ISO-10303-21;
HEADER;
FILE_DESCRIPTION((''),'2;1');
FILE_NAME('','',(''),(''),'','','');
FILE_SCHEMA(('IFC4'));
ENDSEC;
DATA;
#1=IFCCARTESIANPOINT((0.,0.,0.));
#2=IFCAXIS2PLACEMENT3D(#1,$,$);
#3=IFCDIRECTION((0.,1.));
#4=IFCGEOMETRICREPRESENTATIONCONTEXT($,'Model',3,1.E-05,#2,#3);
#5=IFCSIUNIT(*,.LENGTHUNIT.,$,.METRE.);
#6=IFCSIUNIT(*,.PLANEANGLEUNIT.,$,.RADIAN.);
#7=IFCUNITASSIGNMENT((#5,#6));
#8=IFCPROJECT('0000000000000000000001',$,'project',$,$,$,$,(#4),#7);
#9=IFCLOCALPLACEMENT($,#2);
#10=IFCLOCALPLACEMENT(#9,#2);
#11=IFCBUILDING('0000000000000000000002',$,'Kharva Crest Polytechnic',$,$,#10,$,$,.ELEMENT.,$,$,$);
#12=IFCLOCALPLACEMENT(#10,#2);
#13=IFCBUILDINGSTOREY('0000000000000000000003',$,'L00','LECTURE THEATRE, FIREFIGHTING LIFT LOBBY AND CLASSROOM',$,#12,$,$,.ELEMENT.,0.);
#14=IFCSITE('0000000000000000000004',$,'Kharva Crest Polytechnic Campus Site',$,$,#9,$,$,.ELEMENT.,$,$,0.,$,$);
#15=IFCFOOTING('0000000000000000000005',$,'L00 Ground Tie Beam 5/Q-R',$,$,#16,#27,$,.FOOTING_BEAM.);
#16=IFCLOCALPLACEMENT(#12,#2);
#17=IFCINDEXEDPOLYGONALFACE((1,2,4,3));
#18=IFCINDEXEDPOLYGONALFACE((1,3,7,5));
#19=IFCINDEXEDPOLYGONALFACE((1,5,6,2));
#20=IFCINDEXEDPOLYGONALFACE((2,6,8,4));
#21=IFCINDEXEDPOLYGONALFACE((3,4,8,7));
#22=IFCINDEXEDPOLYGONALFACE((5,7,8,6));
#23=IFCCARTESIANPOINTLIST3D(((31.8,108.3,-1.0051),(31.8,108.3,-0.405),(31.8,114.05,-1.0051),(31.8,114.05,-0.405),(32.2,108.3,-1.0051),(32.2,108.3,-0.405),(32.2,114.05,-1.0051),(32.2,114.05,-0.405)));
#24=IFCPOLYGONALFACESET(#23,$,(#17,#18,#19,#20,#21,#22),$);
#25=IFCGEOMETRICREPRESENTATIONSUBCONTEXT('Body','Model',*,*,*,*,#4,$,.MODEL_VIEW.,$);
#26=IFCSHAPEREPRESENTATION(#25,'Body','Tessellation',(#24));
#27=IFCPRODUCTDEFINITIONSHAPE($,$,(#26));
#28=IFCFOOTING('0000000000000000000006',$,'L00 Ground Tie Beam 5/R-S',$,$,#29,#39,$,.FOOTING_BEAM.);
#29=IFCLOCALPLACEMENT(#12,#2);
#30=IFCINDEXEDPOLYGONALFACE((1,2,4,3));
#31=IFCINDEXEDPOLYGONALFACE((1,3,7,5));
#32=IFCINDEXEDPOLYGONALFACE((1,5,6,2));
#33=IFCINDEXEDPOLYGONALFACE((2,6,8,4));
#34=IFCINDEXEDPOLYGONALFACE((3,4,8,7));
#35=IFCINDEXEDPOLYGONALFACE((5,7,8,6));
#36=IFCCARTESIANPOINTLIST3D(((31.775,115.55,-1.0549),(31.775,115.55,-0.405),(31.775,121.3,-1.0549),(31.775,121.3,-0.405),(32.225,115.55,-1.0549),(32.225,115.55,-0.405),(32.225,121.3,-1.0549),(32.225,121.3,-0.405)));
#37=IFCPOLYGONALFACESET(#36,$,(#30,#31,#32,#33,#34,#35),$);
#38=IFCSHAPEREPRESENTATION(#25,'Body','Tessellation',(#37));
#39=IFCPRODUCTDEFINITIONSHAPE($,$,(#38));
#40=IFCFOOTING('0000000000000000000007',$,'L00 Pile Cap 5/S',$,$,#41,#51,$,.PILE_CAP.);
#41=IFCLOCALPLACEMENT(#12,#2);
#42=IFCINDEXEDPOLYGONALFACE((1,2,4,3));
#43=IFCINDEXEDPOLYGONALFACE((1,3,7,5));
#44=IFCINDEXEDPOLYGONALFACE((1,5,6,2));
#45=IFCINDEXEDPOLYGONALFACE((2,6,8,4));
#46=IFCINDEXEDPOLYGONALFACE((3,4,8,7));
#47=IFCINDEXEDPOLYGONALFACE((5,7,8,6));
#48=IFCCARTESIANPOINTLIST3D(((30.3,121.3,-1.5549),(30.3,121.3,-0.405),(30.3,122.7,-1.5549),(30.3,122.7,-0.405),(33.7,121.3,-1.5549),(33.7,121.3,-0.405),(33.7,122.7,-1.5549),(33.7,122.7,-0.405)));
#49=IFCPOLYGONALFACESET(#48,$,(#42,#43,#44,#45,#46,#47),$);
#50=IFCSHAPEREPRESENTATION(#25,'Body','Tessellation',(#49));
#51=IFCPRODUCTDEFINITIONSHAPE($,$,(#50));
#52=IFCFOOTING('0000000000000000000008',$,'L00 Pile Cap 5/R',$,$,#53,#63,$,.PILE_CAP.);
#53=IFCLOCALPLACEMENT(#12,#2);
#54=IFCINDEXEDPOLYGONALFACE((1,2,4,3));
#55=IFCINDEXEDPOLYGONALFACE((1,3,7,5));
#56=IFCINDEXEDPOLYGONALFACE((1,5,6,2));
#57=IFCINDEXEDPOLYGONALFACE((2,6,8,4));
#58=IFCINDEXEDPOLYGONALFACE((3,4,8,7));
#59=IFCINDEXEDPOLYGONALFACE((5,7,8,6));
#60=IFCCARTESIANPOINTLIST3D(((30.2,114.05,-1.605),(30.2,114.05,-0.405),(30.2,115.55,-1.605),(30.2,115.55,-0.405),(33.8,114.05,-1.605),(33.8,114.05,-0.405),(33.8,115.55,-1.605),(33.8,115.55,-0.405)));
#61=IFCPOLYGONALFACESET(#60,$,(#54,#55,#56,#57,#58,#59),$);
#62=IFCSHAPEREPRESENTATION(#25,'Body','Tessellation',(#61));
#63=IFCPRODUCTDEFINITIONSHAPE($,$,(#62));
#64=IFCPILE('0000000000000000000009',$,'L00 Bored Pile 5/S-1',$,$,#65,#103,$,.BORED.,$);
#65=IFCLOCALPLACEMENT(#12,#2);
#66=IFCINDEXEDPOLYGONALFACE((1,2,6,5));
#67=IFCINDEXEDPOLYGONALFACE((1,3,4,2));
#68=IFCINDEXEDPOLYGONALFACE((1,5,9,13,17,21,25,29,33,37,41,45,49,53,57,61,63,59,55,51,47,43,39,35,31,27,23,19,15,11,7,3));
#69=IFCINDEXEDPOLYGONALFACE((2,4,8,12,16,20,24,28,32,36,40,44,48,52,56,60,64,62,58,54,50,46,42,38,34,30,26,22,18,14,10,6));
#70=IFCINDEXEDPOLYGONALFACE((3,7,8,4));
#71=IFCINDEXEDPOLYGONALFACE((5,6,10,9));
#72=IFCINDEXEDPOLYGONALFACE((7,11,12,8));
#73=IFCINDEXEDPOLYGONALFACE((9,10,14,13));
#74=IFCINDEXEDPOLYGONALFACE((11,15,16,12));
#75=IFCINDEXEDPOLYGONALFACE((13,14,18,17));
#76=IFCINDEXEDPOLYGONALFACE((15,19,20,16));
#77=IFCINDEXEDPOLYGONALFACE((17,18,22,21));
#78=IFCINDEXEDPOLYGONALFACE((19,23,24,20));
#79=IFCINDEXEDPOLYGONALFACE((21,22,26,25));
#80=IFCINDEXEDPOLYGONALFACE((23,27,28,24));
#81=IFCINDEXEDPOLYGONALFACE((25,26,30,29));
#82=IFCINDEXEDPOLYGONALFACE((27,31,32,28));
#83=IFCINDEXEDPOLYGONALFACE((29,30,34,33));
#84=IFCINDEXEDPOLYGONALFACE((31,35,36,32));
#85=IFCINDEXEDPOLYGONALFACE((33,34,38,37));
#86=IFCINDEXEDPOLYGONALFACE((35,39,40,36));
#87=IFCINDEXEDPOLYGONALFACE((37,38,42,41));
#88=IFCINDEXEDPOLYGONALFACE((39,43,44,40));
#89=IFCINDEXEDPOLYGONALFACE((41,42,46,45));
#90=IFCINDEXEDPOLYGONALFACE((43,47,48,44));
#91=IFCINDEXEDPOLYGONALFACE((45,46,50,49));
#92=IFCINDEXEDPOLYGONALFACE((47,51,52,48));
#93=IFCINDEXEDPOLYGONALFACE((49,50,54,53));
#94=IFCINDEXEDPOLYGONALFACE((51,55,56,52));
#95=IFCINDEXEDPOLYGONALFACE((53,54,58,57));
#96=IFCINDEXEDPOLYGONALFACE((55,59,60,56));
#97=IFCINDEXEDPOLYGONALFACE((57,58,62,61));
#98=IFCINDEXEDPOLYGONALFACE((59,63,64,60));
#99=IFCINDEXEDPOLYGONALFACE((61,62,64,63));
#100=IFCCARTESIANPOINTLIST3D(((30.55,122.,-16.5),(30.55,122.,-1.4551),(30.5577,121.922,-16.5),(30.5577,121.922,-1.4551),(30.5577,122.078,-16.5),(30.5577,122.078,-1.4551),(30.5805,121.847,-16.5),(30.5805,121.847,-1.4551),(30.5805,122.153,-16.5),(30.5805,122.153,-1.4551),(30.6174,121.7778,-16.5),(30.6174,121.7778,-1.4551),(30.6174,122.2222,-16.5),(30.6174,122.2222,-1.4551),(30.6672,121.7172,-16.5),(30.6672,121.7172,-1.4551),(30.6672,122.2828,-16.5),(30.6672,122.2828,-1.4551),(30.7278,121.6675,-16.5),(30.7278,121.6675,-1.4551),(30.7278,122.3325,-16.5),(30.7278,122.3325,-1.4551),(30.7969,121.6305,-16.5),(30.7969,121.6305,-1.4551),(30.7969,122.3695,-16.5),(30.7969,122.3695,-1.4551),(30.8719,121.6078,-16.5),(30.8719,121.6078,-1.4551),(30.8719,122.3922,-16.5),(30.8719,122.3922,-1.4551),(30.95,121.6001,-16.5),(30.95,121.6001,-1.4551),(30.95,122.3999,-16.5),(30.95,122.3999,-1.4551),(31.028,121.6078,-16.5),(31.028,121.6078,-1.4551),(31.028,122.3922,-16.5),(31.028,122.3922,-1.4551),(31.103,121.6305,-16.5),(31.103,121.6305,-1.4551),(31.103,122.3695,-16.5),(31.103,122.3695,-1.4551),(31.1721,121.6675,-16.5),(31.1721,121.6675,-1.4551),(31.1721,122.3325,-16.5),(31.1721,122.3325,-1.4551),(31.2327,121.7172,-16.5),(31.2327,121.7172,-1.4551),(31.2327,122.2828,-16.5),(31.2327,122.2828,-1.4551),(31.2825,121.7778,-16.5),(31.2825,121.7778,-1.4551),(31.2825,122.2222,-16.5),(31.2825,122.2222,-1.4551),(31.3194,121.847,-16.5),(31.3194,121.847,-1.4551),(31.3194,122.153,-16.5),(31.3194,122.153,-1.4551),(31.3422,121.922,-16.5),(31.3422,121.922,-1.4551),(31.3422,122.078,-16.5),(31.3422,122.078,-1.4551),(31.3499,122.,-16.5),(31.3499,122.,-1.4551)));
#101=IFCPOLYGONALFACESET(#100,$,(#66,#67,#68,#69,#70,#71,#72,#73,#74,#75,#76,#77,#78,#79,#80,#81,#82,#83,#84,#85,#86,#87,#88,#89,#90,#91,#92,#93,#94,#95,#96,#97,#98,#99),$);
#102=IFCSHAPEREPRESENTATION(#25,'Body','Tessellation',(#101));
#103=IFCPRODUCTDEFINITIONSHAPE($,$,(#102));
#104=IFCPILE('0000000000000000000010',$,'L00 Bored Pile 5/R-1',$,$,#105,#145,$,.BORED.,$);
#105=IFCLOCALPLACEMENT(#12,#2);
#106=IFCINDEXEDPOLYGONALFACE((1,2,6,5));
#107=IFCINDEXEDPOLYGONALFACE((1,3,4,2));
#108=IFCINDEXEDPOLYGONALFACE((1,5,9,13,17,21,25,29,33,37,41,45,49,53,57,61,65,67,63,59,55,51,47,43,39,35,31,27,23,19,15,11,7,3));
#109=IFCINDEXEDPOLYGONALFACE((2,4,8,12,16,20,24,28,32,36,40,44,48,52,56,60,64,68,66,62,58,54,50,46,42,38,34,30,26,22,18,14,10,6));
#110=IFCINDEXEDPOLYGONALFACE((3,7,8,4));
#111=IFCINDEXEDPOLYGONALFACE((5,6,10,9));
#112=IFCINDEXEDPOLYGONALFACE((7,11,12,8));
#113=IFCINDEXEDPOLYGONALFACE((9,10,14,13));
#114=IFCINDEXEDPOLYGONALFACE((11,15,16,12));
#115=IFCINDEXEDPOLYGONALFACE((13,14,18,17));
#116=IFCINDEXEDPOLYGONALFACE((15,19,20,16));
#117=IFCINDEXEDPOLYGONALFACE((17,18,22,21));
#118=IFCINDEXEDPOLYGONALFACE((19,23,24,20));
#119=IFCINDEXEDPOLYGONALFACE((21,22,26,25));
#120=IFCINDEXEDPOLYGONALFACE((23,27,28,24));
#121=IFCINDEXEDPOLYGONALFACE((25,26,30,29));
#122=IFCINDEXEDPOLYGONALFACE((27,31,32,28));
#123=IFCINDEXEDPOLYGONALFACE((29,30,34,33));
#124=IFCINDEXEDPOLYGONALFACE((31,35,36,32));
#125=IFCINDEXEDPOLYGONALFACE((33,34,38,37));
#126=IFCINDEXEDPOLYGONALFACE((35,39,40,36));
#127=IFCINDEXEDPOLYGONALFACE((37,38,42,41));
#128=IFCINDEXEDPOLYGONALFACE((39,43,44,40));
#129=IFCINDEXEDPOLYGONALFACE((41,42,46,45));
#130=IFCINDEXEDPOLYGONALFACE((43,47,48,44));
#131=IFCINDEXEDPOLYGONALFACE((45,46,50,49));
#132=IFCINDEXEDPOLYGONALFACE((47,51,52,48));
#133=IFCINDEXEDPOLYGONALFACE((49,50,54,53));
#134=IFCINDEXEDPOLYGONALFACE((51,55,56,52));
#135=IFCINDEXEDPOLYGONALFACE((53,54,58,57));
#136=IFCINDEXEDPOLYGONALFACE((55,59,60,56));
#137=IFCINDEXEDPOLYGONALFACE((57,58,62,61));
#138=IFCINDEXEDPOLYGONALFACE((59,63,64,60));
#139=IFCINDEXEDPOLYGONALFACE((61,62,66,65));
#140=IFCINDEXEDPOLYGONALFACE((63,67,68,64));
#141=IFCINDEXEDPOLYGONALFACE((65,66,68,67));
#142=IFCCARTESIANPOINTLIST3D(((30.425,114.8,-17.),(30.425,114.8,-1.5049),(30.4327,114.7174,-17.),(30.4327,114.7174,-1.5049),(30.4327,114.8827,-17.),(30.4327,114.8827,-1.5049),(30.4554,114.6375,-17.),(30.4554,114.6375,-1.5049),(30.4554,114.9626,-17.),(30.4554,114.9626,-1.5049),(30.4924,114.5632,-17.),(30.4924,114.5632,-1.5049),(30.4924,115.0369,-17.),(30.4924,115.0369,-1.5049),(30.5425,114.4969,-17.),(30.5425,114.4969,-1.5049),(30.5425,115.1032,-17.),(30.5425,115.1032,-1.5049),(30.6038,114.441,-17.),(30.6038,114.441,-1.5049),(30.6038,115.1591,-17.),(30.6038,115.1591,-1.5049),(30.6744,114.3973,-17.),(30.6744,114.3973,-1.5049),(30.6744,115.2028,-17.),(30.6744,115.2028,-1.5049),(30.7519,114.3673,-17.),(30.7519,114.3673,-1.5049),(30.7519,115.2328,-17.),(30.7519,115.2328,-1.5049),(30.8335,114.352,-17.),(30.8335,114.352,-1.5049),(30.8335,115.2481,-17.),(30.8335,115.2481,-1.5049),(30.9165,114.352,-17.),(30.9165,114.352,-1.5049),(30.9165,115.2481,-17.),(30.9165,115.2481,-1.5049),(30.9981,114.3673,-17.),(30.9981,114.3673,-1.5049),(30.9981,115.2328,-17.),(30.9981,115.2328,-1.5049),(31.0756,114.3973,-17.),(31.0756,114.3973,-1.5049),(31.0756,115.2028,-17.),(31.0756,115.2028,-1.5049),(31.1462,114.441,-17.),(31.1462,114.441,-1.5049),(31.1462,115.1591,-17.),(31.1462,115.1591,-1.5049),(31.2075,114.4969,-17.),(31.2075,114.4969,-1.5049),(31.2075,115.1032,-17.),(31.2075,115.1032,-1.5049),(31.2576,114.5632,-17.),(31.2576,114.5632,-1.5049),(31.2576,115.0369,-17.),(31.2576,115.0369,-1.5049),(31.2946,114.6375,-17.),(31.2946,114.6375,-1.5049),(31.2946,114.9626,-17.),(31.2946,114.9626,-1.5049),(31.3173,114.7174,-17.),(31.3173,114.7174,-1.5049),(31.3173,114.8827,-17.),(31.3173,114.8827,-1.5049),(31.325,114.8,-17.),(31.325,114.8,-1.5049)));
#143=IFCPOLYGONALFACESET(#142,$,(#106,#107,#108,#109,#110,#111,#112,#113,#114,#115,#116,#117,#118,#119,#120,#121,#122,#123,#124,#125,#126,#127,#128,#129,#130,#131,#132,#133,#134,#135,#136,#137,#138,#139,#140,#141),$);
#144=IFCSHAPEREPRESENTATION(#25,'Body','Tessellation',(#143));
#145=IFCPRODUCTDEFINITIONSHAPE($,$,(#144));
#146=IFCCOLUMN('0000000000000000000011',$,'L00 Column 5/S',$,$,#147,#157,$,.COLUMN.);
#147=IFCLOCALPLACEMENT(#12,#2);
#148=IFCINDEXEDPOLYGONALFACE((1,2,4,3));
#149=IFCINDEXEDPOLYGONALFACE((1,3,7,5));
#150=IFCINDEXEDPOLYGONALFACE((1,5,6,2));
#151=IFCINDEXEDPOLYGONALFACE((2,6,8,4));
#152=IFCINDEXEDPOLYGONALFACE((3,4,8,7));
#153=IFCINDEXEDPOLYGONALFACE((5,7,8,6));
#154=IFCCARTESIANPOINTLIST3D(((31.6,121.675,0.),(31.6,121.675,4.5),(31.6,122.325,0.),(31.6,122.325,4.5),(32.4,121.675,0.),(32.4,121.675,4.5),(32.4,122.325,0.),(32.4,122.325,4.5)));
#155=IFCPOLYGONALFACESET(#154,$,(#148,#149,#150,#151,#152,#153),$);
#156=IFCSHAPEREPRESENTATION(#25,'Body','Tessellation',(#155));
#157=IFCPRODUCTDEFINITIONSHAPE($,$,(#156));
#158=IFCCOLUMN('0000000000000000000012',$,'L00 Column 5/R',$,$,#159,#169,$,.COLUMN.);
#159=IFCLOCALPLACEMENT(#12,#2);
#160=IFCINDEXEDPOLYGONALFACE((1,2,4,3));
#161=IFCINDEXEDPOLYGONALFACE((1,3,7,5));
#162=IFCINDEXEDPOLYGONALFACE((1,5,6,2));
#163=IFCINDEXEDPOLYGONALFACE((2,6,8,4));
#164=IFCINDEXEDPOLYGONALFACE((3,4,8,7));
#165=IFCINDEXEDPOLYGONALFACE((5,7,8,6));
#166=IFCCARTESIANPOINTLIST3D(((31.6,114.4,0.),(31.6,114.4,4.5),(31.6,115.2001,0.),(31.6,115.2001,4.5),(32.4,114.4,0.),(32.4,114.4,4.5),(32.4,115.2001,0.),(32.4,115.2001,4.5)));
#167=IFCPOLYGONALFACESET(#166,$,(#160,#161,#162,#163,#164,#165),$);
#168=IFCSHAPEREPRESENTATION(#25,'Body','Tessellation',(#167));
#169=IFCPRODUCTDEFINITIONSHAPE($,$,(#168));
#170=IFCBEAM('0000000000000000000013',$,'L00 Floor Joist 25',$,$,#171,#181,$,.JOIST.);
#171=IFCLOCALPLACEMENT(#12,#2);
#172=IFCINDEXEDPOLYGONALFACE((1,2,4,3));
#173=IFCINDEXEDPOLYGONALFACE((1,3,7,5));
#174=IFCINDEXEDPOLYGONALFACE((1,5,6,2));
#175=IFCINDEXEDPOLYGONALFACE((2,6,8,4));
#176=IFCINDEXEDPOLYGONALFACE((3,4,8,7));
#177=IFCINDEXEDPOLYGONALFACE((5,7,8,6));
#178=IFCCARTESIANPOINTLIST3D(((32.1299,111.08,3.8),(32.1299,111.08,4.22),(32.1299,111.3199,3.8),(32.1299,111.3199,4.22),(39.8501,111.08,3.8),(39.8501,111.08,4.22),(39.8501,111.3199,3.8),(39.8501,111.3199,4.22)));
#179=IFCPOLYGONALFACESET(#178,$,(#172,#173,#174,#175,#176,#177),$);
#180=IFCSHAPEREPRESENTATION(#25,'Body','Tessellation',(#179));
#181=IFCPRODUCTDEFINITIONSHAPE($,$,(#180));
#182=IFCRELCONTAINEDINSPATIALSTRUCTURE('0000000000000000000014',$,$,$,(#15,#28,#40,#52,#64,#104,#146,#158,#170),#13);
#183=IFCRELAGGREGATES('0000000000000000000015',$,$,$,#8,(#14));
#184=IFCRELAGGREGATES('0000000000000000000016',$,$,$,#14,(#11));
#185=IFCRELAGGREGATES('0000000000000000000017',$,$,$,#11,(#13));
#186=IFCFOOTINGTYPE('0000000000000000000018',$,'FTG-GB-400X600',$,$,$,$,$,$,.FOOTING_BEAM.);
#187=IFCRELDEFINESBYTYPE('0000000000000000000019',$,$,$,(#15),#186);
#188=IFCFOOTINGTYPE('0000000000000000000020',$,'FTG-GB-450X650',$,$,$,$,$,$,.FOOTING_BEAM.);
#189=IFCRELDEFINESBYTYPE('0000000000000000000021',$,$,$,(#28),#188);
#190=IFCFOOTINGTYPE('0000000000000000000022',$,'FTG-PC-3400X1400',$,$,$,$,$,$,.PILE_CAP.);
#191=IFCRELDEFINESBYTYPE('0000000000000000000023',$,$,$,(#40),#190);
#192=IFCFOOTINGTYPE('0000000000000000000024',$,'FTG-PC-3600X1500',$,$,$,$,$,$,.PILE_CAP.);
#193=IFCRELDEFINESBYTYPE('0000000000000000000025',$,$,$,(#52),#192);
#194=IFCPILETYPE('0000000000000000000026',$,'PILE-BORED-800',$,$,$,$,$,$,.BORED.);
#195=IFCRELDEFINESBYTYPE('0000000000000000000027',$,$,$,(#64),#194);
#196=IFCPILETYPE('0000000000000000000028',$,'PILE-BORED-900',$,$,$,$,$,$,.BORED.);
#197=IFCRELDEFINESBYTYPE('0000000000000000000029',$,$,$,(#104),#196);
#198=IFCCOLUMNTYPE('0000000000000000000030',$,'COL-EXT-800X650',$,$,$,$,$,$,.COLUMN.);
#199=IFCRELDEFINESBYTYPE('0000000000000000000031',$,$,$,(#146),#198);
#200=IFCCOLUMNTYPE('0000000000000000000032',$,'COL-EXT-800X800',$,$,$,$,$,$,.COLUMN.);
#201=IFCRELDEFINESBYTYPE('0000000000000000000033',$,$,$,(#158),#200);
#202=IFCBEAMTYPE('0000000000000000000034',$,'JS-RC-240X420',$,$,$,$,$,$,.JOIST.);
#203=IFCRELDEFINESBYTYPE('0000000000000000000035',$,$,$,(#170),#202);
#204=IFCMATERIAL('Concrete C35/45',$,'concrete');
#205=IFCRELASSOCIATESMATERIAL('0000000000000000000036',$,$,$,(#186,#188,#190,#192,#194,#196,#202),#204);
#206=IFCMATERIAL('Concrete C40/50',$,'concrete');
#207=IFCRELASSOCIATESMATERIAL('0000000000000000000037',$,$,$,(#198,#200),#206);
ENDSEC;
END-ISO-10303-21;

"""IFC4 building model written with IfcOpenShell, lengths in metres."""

from ifc_helpers import new_model, si_unit, direction, frame, origin, origin_2d, place, context, subcontext, project, spatial, rectangle, circle, extrude, material, material_profile, profile_set, type_object, element, save


model = new_model("IFC4")

# Units and contexts
model_context = context("Model", 3, precision=1e-05, world=origin(), true_north=direction((0.0, 1.0)))
body_context = subcontext(model_context, "Body", "Model", "MODEL_VIEW")
ifc_project = project(units=[si_unit("LENGTHUNIT", "METRE"), si_unit("PLANEANGLEUNIT", "RADIAN")], contexts=[model_context])

# Site, building, storey
site_placement = place(None, origin())
site = spatial("IfcSite", under=ifc_project, at=site_placement, Name="Kharva Crest Polytechnic Campus Site", CompositionType="ELEMENT", RefElevation=0.0)
building_placement = place(site_placement, origin())
building = spatial("IfcBuilding", under=site, at=building_placement, Name="Kharva Crest Polytechnic", CompositionType="ELEMENT")
storey_placement = place(building_placement, origin())
storey = spatial("IfcBuildingStorey", under=building, at=storey_placement, Name="L00", Description="LECTURE THEATRE, FIREFIGHTING LIFT LOBBY AND CLASSROOM", CompositionType="ELEMENT", Elevation=0.0)

# Footings
ifc_material_1 = material(Name="Concrete C35/45", Category="concrete")
footing_type_1 = type_object("IfcFootingType", Name="FTG-GB-400X600", PredefinedType="FOOTING_BEAM", material=ifc_material_1)
footing_1_placement = place(storey_placement, frame((32.0, 111.175, -1.0051), z_axis=(0.0, 0.0, 1.0), x_axis=(0.0, 1.0, 0.0)))
element("IfcFooting", 1, at=footing_1_placement, inside=storey, type_object=footing_type_1, Name="L00 Ground Tie Beam 5/Q-R", PredefinedType="FOOTING_BEAM", context=body_context, shape_type="SweptSolid", body=[
    extrude(rectangle(XDim=5.75, YDim=0.3999, at=origin_2d()), origin(), (0.0, 0.0, 1.0), 0.6001),
])
footing_type_2 = type_object("IfcFootingType", Name="FTG-GB-450X650", PredefinedType="FOOTING_BEAM", material=ifc_material_1)
footing_2_placement = place(storey_placement, frame((32.0, 118.425, -1.0549), z_axis=(0.0, 0.0, 1.0), x_axis=(0.0, 1.0, 0.0)))
element("IfcFooting", 2, at=footing_2_placement, inside=storey, type_object=footing_type_2, Name="L00 Ground Tie Beam 5/R-S", PredefinedType="FOOTING_BEAM", context=body_context, shape_type="SweptSolid", body=[
    extrude(rectangle(XDim=5.75, YDim=0.45, at=origin_2d()), origin(), (0.0, 0.0, 1.0), 0.6499),
])
footing_type_3 = type_object("IfcFootingType", Name="FTG-PC-3400X1400", PredefinedType="PILE_CAP", material=ifc_material_1)
footing_3_placement = place(storey_placement, frame((32.0, 122.0, -1.5549), z_axis=(0.0, 0.0, 1.0), x_axis=(1.0, 0.0, 0.0)))
element("IfcFooting", 3, at=footing_3_placement, inside=storey, type_object=footing_type_3, Name="L00 Pile Cap 5/S", PredefinedType="PILE_CAP", context=body_context, shape_type="SweptSolid", body=[
    extrude(rectangle(XDim=3.3999, YDim=1.3999, at=origin_2d()), origin(), (0.0, 0.0, 1.0), 1.1499),
])
footing_type_4 = type_object("IfcFootingType", Name="FTG-PC-3600X1500", PredefinedType="PILE_CAP", material=ifc_material_1)
footing_4_placement = place(storey_placement, frame((32.0, 114.8, -1.605), z_axis=(0.0, 0.0, 1.0), x_axis=(1.0, 0.0, 0.0)))
element("IfcFooting", 4, at=footing_4_placement, inside=storey, type_object=footing_type_4, Name="L00 Pile Cap 5/R", PredefinedType="PILE_CAP", context=body_context, shape_type="SweptSolid", body=[
    extrude(rectangle(XDim=3.6001, YDim=1.5, at=origin_2d()), origin(), (0.0, 0.0, 1.0), 1.2),
])

# Piles
ifc_material_profile_1 = material_profile(ifc_material_1, circle(Radius=0.3999, at=origin_2d()), Name="DIA 800")
ifc_profile_set_1 = profile_set([ifc_material_profile_1], Name="Concrete C35/45")
pile_type_1 = type_object("IfcPileType", Name="PILE-BORED-800", PredefinedType="BORED", material=ifc_profile_set_1)
pile_1_placement = place(storey_placement, frame((30.95, 122.0, -1.4551), z_axis=(0.0, 0.0, -1.0), x_axis=(1.0, 0.0, 0.0)))
element("IfcPile", 5, at=pile_1_placement, inside=storey, type_object=pile_type_1, Name="L00 Bored Pile 5/S-1", PredefinedType="BORED", context=body_context, shape_type="SweptSolid", body=[
    extrude(circle(Radius=0.3999, at=origin_2d()), origin(), (0.0, 0.0, 1.0), 15.0449),
])
ifc_material_profile_2 = material_profile(ifc_material_1, circle(Radius=0.45, at=origin_2d()), Name="DIA 900")
ifc_profile_set_2 = profile_set([ifc_material_profile_2], Name="Concrete C35/45")
pile_type_2 = type_object("IfcPileType", Name="PILE-BORED-900", PredefinedType="BORED", material=ifc_profile_set_2)
pile_2_placement = place(storey_placement, frame((30.875, 114.8, -1.5049), z_axis=(0.0, 0.0, -1.0), x_axis=(1.0, 0.0, 0.0)))
element("IfcPile", 6, at=pile_2_placement, inside=storey, type_object=pile_type_2, Name="L00 Bored Pile 5/R-1", PredefinedType="BORED", context=body_context, shape_type="SweptSolid", body=[
    extrude(circle(Radius=0.45, at=origin_2d()), origin(), (0.0, 0.0, 1.0), 15.4951),
])

# Columns
ifc_material_2 = material(Name="Concrete C40/50", Category="concrete")
ifc_material_profile_3 = material_profile(ifc_material_2, rectangle(XDim=0.8, YDim=0.6499, at=origin_2d()), Name="RECT 800 X 650")
ifc_profile_set_3 = profile_set([ifc_material_profile_3], Name="Concrete C40/50")
column_type_1 = type_object("IfcColumnType", Name="COL-EXT-800X650", PredefinedType="COLUMN", material=ifc_profile_set_3)
column_1_placement = place(storey_placement, frame((32.0, 122.0, 0.0), z_axis=(0.0, 0.0, 1.0), x_axis=(1.0, 0.0, 0.0)))
element("IfcColumn", 7, at=column_1_placement, inside=storey, type_object=column_type_1, Name="L00 Column 5/S", PredefinedType="COLUMN", context=body_context, shape_type="SweptSolid", body=[
    extrude(rectangle(XDim=0.8, YDim=0.6499, at=origin_2d()), origin(), (0.0, 0.0, 1.0), 4.5),
])
ifc_material_profile_4 = material_profile(ifc_material_2, rectangle(XDim=0.8, YDim=0.8, at=origin_2d()), Name="RECT 800 X 800")
ifc_profile_set_4 = profile_set([ifc_material_profile_4], Name="Concrete C40/50")
column_type_2 = type_object("IfcColumnType", Name="COL-EXT-800X800", PredefinedType="COLUMN", material=ifc_profile_set_4)
column_2_placement = place(storey_placement, frame((32.0, 114.8, 0.0), z_axis=(0.0, 0.0, 1.0), x_axis=(1.0, 0.0, 0.0)))
element("IfcColumn", 8, at=column_2_placement, inside=storey, type_object=column_type_2, Name="L00 Column 5/R", PredefinedType="COLUMN", context=body_context, shape_type="SweptSolid", body=[
    extrude(rectangle(XDim=0.8, YDim=0.8, at=origin_2d()), origin(), (0.0, 0.0, 1.0), 4.5),
])

# Beam
ifc_material_profile_5 = material_profile(ifc_material_1, rectangle(XDim=0.24, YDim=0.4199, at=origin_2d()), Name="RECT 240 X 420")
ifc_profile_set_5 = profile_set([ifc_material_profile_5], Name="Concrete C35/45")
beam_type_1 = type_object("IfcBeamType", Name="JS-RC-240X420", PredefinedType="JOIST", material=ifc_profile_set_5)
beam_1_placement = place(storey_placement, frame((32.1299, 111.2, 4.01), z_axis=(1.0, 0.0, 0.0), x_axis=(0.0, 1.0, 0.0)))
element("IfcBeam", 9, at=beam_1_placement, inside=storey, type_object=beam_type_1, Name="L00 Floor Joist 25", PredefinedType="JOIST", context=body_context, shape_type="SweptSolid", body=[
    extrude(rectangle(XDim=0.24, YDim=0.4199, at=origin_2d()), origin(), (0.0, 0.0, 1.0), 7.7202),
])

save(model, "model.ifc")
